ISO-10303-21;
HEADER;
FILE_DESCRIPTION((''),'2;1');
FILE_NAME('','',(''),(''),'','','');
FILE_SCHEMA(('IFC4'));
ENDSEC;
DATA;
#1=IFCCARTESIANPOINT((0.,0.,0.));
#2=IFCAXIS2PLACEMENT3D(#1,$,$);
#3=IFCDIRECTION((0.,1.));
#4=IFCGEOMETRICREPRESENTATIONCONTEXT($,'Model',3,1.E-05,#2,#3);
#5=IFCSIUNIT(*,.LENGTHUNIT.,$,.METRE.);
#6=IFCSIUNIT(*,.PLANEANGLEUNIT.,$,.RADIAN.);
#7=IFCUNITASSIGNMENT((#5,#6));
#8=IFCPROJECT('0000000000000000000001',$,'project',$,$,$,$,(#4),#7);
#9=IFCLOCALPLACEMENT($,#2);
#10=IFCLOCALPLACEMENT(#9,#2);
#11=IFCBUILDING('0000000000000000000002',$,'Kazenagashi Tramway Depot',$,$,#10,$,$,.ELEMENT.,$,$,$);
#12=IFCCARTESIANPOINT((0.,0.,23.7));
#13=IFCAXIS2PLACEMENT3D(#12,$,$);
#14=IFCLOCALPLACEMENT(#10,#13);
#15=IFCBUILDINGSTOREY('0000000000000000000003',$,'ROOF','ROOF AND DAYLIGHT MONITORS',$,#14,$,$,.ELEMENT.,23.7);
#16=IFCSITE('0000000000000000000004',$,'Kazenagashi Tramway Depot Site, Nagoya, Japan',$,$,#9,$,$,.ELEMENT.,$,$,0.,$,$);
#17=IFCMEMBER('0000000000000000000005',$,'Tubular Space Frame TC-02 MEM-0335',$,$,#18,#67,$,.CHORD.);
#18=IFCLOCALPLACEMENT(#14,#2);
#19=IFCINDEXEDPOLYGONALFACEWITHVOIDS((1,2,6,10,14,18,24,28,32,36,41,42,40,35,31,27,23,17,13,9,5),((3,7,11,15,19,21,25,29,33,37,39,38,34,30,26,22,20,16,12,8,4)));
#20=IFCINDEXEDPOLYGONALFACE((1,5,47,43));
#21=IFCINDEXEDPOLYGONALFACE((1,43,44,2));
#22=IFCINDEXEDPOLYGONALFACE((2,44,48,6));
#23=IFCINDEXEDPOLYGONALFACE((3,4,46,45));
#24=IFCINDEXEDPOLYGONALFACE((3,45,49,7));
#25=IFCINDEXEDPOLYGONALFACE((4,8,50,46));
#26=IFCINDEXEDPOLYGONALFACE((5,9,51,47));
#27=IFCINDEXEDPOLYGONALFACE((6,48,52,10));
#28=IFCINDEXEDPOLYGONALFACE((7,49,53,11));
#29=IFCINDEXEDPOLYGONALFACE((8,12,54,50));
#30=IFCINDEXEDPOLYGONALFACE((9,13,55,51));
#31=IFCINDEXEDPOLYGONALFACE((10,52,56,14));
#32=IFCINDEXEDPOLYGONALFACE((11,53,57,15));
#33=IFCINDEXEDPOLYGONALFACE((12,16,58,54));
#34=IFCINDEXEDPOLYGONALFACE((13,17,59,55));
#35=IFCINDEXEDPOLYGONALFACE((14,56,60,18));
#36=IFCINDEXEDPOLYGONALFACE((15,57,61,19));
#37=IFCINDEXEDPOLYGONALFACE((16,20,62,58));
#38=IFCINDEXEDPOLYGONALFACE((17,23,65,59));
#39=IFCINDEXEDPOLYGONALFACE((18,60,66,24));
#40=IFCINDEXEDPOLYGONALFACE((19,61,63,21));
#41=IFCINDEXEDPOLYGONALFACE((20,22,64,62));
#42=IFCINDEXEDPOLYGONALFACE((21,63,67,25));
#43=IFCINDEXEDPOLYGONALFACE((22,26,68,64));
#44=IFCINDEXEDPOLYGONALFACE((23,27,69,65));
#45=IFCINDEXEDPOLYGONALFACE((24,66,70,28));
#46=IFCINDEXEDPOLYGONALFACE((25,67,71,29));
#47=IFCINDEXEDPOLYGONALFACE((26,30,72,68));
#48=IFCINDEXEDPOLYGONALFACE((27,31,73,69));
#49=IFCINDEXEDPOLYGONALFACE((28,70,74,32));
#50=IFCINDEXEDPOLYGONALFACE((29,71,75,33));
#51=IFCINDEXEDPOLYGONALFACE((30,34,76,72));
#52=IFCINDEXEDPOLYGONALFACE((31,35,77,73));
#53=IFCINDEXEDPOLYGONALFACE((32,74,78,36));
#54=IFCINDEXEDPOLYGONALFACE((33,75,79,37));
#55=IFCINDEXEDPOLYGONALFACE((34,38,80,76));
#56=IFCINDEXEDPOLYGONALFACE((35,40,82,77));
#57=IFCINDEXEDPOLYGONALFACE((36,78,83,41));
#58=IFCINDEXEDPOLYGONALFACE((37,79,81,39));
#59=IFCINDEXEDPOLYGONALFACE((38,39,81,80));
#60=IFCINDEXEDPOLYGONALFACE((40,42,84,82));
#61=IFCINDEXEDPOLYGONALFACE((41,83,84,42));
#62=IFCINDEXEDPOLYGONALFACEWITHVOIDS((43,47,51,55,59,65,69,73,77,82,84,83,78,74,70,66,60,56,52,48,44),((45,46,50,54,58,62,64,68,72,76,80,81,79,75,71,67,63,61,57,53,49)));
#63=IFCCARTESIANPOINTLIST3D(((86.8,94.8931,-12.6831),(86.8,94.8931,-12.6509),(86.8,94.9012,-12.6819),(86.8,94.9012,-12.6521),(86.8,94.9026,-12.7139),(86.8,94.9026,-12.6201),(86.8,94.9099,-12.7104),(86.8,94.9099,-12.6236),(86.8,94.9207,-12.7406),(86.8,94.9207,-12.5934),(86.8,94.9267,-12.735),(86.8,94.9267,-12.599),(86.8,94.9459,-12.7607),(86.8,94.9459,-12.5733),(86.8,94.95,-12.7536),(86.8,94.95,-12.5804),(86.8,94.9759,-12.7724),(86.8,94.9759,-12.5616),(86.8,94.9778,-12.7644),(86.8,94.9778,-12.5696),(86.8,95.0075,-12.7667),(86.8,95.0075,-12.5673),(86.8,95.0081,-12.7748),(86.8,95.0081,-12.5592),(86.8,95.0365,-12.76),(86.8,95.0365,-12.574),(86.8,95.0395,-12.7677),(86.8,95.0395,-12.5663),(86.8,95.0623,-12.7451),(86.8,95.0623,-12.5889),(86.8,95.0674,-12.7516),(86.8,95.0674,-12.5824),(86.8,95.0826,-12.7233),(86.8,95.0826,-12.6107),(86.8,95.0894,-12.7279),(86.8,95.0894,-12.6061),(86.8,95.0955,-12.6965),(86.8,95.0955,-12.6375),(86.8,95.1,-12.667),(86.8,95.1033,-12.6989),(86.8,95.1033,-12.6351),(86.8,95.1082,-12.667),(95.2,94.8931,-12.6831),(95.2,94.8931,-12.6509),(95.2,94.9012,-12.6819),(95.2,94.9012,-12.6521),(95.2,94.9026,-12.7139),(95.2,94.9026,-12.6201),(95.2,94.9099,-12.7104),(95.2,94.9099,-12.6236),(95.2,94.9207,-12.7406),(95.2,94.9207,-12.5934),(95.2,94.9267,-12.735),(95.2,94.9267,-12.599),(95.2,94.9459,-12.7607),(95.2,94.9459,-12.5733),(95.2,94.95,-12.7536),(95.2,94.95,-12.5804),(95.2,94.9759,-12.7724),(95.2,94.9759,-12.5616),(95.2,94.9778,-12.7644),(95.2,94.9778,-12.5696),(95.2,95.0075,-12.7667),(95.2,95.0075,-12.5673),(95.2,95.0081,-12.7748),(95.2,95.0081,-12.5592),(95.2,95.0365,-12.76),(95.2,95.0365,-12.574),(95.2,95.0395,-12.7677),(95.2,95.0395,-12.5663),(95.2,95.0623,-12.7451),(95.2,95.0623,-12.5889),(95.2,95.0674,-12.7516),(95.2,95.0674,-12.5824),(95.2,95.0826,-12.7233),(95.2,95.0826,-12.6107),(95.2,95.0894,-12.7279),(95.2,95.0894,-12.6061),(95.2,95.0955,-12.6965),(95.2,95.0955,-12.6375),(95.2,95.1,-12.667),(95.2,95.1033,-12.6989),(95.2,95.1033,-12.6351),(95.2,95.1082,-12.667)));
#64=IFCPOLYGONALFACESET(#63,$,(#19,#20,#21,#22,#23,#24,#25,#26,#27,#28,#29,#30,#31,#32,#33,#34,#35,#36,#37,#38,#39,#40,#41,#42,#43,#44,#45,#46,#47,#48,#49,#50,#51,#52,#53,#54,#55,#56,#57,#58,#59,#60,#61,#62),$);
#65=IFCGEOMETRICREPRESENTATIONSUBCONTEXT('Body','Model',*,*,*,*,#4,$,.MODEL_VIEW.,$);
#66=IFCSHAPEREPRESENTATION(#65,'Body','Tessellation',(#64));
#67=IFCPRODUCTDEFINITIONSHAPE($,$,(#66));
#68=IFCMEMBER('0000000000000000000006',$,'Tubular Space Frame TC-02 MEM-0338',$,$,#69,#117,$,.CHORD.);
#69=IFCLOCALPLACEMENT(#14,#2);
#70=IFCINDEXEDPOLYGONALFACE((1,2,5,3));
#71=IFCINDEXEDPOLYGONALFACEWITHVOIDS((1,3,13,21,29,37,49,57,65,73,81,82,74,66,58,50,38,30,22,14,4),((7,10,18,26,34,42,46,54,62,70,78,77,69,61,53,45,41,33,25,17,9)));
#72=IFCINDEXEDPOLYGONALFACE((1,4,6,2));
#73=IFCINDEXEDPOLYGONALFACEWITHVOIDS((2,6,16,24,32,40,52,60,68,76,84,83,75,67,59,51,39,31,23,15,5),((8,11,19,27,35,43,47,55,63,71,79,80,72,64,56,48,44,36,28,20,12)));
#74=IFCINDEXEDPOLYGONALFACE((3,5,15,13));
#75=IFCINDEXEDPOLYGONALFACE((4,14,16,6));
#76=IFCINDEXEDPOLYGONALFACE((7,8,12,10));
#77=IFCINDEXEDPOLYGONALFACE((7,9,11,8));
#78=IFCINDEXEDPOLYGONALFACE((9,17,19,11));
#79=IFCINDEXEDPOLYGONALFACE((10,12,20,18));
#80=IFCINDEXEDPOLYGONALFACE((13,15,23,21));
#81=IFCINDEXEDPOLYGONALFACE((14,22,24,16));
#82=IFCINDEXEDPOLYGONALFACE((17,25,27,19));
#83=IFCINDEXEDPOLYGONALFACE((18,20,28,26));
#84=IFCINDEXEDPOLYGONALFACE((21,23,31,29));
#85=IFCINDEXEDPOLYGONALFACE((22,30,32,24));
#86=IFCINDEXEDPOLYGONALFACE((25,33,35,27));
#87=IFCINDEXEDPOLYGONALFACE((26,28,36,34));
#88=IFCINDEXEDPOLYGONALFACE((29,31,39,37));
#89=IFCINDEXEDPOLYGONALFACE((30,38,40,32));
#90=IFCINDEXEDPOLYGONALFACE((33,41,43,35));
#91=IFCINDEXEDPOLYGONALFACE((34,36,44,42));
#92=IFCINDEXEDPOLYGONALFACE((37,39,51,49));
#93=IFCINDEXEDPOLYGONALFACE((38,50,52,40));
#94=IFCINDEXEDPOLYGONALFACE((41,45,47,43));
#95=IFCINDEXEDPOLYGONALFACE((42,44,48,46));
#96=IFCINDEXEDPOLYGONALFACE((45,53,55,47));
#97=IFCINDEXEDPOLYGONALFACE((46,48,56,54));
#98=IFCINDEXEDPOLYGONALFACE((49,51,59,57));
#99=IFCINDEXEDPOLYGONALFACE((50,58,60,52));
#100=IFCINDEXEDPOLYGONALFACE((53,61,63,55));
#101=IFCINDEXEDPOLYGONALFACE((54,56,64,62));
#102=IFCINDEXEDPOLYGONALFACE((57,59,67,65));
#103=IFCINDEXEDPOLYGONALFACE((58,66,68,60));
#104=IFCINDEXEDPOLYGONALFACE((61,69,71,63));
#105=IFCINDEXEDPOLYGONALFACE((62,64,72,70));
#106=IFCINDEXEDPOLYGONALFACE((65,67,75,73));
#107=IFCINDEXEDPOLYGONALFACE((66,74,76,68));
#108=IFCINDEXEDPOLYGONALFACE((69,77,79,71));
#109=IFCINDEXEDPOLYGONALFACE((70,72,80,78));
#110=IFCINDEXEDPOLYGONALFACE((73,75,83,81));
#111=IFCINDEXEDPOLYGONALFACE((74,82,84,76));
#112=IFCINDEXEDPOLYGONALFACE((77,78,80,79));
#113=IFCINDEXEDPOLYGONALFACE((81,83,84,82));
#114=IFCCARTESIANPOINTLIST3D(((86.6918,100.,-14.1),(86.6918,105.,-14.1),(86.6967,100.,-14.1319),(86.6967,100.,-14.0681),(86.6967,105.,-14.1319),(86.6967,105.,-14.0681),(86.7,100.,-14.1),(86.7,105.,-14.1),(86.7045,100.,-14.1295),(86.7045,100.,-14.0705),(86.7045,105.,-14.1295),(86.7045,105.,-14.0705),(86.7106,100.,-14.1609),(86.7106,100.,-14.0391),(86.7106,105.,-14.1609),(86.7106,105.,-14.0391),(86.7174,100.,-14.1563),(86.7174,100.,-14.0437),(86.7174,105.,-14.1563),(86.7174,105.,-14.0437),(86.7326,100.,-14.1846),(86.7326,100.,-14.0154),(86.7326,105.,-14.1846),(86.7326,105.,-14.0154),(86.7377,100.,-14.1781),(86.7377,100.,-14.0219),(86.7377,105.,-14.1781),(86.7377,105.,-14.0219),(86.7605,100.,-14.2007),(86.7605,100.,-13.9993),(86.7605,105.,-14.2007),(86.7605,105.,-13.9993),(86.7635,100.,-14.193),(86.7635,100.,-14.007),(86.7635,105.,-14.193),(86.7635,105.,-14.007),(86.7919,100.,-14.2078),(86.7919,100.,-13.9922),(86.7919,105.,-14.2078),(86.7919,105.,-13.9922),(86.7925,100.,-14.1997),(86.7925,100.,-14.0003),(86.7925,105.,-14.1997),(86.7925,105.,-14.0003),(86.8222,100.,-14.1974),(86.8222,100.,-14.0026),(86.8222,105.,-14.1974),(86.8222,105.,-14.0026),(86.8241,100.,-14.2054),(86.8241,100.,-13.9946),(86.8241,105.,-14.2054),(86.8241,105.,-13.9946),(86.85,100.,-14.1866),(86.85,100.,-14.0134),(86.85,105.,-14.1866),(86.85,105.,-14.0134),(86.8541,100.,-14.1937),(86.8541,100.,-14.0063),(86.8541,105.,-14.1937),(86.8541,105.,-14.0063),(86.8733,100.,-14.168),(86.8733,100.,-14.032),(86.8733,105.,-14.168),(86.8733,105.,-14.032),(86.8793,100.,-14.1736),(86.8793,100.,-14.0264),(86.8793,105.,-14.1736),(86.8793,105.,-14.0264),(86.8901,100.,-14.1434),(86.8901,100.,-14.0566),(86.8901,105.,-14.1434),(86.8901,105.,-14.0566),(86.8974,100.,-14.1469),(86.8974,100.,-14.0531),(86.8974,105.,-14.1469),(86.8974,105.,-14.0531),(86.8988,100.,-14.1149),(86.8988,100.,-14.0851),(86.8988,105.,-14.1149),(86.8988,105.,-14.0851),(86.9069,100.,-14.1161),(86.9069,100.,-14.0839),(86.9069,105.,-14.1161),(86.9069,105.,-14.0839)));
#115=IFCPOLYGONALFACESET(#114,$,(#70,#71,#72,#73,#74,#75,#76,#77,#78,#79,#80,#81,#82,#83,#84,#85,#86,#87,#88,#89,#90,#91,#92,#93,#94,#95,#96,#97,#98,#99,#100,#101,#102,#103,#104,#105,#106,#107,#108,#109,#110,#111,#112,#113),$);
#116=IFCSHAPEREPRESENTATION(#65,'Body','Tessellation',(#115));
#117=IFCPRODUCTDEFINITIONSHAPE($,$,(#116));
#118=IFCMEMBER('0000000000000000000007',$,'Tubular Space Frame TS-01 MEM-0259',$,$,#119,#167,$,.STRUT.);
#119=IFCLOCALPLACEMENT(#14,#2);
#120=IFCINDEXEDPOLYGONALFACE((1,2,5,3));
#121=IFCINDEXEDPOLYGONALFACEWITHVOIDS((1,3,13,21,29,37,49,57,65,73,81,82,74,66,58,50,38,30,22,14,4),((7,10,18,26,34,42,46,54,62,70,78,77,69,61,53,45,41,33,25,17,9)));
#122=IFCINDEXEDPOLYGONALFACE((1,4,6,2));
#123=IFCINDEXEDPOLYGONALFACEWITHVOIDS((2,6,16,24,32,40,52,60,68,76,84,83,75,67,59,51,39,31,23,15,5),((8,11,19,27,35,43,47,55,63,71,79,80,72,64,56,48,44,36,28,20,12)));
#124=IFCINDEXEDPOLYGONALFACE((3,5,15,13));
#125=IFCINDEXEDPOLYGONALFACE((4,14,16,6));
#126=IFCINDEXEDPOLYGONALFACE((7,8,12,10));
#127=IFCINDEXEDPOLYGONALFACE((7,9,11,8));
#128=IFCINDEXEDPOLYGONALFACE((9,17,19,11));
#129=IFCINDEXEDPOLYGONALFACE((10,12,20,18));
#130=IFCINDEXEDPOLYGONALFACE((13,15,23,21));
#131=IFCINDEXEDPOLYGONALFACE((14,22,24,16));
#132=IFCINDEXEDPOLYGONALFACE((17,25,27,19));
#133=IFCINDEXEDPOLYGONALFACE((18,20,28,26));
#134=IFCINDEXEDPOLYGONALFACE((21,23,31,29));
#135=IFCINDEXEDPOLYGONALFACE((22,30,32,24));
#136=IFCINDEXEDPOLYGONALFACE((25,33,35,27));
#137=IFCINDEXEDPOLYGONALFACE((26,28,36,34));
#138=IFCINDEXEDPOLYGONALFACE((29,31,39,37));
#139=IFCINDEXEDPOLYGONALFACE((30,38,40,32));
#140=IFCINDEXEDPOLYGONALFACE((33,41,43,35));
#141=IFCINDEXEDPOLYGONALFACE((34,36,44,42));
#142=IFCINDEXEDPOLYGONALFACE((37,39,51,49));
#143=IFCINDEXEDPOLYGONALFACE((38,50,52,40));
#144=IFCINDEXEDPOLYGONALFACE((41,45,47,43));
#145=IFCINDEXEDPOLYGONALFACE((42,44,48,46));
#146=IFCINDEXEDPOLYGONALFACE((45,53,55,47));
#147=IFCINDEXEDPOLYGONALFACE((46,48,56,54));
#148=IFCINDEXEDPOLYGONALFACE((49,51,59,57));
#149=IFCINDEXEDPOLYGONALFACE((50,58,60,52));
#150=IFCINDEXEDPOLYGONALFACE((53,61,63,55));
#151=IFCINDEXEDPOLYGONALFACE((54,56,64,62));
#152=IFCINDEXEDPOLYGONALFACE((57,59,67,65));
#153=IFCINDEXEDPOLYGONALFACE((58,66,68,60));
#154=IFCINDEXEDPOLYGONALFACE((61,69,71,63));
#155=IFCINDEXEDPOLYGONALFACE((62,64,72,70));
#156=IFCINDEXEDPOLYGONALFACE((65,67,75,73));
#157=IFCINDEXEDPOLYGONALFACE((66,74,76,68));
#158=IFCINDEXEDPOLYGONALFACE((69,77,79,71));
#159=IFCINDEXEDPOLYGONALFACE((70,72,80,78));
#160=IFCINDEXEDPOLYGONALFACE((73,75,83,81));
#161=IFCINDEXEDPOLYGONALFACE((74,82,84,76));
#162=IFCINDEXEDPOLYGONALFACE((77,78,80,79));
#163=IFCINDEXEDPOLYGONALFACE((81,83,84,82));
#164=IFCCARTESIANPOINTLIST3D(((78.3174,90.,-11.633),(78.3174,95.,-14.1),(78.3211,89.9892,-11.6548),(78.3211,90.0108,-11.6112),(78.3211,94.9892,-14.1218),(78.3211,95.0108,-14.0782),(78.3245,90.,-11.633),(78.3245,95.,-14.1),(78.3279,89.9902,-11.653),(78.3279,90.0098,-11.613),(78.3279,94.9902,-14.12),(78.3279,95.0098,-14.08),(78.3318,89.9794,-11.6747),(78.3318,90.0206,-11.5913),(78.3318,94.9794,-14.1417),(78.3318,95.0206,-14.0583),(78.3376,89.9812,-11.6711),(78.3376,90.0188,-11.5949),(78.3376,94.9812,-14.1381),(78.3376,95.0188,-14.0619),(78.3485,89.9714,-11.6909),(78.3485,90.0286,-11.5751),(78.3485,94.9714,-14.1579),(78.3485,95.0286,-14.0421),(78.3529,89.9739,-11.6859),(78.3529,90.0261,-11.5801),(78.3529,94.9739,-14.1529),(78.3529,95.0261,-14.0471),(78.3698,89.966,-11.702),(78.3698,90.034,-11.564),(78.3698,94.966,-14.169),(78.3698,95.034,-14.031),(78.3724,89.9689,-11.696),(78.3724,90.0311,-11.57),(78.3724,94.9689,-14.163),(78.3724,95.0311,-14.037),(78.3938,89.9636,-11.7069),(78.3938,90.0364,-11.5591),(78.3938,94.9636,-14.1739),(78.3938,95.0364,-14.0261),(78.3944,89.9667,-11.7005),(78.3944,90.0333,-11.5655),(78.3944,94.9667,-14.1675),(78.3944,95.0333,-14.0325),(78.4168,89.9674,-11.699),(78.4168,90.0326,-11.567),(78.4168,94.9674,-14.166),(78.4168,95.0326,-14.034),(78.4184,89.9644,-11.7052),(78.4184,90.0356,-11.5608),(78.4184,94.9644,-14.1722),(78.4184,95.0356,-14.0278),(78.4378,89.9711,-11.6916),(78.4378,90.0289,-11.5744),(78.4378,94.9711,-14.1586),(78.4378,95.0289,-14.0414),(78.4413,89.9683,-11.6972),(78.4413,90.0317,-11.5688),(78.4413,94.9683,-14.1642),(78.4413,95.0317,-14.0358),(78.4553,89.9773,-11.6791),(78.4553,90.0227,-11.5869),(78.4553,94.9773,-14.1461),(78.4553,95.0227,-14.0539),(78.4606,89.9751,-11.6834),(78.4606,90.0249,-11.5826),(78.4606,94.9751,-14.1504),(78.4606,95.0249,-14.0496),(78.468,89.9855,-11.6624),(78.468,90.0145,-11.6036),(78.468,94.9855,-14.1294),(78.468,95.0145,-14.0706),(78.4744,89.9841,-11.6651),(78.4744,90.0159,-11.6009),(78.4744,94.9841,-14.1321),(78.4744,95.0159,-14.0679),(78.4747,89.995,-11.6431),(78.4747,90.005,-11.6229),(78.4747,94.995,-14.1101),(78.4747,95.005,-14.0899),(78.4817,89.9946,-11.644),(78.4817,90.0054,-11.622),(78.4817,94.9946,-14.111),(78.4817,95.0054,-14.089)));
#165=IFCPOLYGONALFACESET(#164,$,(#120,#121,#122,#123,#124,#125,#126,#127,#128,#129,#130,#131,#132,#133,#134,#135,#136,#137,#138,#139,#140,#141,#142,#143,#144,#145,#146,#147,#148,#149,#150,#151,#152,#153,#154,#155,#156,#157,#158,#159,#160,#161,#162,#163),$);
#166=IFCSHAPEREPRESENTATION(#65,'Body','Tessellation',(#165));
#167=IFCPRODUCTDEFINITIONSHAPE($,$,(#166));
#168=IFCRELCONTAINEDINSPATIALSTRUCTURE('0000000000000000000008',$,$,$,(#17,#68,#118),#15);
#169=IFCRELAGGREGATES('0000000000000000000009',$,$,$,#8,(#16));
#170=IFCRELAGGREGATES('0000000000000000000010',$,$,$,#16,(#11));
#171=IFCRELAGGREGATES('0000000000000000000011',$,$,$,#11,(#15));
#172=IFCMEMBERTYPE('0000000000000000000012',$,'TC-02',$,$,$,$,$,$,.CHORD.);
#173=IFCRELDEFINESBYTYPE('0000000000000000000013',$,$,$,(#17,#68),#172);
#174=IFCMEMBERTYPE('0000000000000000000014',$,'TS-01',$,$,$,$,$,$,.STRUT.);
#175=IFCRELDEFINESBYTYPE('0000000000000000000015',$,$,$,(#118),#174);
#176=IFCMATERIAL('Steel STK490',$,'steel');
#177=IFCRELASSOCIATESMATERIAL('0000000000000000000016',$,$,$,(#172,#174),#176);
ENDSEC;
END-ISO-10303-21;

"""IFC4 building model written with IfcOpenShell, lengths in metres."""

from ifc_helpers import new_model, si_unit, direction, frame, origin, origin_2d, place, context, subcontext, project, spatial, hollow_circle, extrude, material, material_profile, profile_set, type_object, element, save


model = new_model("IFC4")

# Units and contexts
model_context = context("Model", 3, precision=1e-05, world=origin(), true_north=direction((0.0, 1.0)))
body_context = subcontext(model_context, "Body", "Model", "MODEL_VIEW")
ifc_project = project(units=[si_unit("LENGTHUNIT", "METRE"), si_unit("PLANEANGLEUNIT", "RADIAN")], contexts=[model_context])

# Site, building, storey
site_placement = place(None, origin())
site = spatial("IfcSite", under=ifc_project, at=site_placement, Name="Kazenagashi Tramway Depot Site, Nagoya, Japan", CompositionType="ELEMENT", RefElevation=0.0)
building_placement = place(site_placement, origin())
building = spatial("IfcBuilding", under=site, at=building_placement, Name="Kazenagashi Tramway Depot", CompositionType="ELEMENT")
storey_placement = place(building_placement, frame((0.0, 0.0, 23.7)))
storey = spatial("IfcBuildingStorey", under=building, at=storey_placement, Name="ROOF", Description="ROOF AND DAYLIGHT MONITORS", CompositionType="ELEMENT", Elevation=23.7)

# Members
ifc_material_1 = material(Name="Steel STK490", Category="steel")
ifc_material_profile_1 = material_profile(ifc_material_1, hollow_circle(Radius=0.1081, WallThickness=0.0082, at=origin_2d()), Name="CHS-216.3x8.2")
ifc_profile_set_1 = profile_set([ifc_material_profile_1], Name="Steel STK490")
member_type_1 = type_object("IfcMemberType", Name="TC-02", PredefinedType="CHORD", material=ifc_profile_set_1)
for number, where, z_axis, x_axis, name in (
    (1, (86.8, 95.0, -12.667), (1.0, 0.0, 0.0), (0.0, 1.0, 0.0), "Tubular Space Frame TC-02 MEM-0335"),
):
    element("IfcMember", number, at=place(storey_placement, frame(where, z_axis=z_axis, x_axis=x_axis)), inside=storey, type_object=member_type_1, Name=name, PredefinedType="CHORD", context=body_context, shape_type="SweptSolid", body=[
        extrude(hollow_circle(Radius=0.1081, WallThickness=0.0082, at=origin_2d()), origin(), (0.0, 0.0, 1.0), 8.4),
    ])
member_1_placement = place(storey_placement, frame((86.8, 100.0, -14.1), z_axis=(0.0, 1.0, 0.0), x_axis=(-1.0, 0.0, 0.0)))
element("IfcMember", 2, at=member_1_placement, inside=storey, type_object=member_type_1, Name="Tubular Space Frame TC-02 MEM-0338", PredefinedType="CHORD", context=body_context, shape_type="SweptSolid", body=[
    extrude(hollow_circle(Radius=0.1081, WallThickness=0.0082, at=origin_2d()), origin(), (0.0, 0.0, 1.0), 5.0),
])
ifc_material_profile_2 = material_profile(ifc_material_1, hollow_circle(Radius=0.0826, WallThickness=0.0071, at=origin_2d()), Name="CHS-165.2x7.1")
ifc_profile_set_2 = profile_set([ifc_material_profile_2], Name="Steel STK490")
member_type_2 = type_object("IfcMemberType", Name="TS-01", PredefinedType="STRUT", material=ifc_profile_set_2)
member_2_placement = place(storey_placement, frame((78.4, 90.0, -11.633), z_axis=(0.0, 0.896782, -0.442472), x_axis=(-1.0, 0.0, 0.0)))
element("IfcMember", 3, at=member_2_placement, inside=storey, type_object=member_type_2, Name="Tubular Space Frame TS-01 MEM-0259", PredefinedType="STRUT", context=body_context, shape_type="SweptSolid", body=[
    extrude(hollow_circle(Radius=0.0826, WallThickness=0.0071, at=origin_2d()), origin(), (0.0, 0.0, 1.0), 5.5755),
])

save(model, "model.ifc")
